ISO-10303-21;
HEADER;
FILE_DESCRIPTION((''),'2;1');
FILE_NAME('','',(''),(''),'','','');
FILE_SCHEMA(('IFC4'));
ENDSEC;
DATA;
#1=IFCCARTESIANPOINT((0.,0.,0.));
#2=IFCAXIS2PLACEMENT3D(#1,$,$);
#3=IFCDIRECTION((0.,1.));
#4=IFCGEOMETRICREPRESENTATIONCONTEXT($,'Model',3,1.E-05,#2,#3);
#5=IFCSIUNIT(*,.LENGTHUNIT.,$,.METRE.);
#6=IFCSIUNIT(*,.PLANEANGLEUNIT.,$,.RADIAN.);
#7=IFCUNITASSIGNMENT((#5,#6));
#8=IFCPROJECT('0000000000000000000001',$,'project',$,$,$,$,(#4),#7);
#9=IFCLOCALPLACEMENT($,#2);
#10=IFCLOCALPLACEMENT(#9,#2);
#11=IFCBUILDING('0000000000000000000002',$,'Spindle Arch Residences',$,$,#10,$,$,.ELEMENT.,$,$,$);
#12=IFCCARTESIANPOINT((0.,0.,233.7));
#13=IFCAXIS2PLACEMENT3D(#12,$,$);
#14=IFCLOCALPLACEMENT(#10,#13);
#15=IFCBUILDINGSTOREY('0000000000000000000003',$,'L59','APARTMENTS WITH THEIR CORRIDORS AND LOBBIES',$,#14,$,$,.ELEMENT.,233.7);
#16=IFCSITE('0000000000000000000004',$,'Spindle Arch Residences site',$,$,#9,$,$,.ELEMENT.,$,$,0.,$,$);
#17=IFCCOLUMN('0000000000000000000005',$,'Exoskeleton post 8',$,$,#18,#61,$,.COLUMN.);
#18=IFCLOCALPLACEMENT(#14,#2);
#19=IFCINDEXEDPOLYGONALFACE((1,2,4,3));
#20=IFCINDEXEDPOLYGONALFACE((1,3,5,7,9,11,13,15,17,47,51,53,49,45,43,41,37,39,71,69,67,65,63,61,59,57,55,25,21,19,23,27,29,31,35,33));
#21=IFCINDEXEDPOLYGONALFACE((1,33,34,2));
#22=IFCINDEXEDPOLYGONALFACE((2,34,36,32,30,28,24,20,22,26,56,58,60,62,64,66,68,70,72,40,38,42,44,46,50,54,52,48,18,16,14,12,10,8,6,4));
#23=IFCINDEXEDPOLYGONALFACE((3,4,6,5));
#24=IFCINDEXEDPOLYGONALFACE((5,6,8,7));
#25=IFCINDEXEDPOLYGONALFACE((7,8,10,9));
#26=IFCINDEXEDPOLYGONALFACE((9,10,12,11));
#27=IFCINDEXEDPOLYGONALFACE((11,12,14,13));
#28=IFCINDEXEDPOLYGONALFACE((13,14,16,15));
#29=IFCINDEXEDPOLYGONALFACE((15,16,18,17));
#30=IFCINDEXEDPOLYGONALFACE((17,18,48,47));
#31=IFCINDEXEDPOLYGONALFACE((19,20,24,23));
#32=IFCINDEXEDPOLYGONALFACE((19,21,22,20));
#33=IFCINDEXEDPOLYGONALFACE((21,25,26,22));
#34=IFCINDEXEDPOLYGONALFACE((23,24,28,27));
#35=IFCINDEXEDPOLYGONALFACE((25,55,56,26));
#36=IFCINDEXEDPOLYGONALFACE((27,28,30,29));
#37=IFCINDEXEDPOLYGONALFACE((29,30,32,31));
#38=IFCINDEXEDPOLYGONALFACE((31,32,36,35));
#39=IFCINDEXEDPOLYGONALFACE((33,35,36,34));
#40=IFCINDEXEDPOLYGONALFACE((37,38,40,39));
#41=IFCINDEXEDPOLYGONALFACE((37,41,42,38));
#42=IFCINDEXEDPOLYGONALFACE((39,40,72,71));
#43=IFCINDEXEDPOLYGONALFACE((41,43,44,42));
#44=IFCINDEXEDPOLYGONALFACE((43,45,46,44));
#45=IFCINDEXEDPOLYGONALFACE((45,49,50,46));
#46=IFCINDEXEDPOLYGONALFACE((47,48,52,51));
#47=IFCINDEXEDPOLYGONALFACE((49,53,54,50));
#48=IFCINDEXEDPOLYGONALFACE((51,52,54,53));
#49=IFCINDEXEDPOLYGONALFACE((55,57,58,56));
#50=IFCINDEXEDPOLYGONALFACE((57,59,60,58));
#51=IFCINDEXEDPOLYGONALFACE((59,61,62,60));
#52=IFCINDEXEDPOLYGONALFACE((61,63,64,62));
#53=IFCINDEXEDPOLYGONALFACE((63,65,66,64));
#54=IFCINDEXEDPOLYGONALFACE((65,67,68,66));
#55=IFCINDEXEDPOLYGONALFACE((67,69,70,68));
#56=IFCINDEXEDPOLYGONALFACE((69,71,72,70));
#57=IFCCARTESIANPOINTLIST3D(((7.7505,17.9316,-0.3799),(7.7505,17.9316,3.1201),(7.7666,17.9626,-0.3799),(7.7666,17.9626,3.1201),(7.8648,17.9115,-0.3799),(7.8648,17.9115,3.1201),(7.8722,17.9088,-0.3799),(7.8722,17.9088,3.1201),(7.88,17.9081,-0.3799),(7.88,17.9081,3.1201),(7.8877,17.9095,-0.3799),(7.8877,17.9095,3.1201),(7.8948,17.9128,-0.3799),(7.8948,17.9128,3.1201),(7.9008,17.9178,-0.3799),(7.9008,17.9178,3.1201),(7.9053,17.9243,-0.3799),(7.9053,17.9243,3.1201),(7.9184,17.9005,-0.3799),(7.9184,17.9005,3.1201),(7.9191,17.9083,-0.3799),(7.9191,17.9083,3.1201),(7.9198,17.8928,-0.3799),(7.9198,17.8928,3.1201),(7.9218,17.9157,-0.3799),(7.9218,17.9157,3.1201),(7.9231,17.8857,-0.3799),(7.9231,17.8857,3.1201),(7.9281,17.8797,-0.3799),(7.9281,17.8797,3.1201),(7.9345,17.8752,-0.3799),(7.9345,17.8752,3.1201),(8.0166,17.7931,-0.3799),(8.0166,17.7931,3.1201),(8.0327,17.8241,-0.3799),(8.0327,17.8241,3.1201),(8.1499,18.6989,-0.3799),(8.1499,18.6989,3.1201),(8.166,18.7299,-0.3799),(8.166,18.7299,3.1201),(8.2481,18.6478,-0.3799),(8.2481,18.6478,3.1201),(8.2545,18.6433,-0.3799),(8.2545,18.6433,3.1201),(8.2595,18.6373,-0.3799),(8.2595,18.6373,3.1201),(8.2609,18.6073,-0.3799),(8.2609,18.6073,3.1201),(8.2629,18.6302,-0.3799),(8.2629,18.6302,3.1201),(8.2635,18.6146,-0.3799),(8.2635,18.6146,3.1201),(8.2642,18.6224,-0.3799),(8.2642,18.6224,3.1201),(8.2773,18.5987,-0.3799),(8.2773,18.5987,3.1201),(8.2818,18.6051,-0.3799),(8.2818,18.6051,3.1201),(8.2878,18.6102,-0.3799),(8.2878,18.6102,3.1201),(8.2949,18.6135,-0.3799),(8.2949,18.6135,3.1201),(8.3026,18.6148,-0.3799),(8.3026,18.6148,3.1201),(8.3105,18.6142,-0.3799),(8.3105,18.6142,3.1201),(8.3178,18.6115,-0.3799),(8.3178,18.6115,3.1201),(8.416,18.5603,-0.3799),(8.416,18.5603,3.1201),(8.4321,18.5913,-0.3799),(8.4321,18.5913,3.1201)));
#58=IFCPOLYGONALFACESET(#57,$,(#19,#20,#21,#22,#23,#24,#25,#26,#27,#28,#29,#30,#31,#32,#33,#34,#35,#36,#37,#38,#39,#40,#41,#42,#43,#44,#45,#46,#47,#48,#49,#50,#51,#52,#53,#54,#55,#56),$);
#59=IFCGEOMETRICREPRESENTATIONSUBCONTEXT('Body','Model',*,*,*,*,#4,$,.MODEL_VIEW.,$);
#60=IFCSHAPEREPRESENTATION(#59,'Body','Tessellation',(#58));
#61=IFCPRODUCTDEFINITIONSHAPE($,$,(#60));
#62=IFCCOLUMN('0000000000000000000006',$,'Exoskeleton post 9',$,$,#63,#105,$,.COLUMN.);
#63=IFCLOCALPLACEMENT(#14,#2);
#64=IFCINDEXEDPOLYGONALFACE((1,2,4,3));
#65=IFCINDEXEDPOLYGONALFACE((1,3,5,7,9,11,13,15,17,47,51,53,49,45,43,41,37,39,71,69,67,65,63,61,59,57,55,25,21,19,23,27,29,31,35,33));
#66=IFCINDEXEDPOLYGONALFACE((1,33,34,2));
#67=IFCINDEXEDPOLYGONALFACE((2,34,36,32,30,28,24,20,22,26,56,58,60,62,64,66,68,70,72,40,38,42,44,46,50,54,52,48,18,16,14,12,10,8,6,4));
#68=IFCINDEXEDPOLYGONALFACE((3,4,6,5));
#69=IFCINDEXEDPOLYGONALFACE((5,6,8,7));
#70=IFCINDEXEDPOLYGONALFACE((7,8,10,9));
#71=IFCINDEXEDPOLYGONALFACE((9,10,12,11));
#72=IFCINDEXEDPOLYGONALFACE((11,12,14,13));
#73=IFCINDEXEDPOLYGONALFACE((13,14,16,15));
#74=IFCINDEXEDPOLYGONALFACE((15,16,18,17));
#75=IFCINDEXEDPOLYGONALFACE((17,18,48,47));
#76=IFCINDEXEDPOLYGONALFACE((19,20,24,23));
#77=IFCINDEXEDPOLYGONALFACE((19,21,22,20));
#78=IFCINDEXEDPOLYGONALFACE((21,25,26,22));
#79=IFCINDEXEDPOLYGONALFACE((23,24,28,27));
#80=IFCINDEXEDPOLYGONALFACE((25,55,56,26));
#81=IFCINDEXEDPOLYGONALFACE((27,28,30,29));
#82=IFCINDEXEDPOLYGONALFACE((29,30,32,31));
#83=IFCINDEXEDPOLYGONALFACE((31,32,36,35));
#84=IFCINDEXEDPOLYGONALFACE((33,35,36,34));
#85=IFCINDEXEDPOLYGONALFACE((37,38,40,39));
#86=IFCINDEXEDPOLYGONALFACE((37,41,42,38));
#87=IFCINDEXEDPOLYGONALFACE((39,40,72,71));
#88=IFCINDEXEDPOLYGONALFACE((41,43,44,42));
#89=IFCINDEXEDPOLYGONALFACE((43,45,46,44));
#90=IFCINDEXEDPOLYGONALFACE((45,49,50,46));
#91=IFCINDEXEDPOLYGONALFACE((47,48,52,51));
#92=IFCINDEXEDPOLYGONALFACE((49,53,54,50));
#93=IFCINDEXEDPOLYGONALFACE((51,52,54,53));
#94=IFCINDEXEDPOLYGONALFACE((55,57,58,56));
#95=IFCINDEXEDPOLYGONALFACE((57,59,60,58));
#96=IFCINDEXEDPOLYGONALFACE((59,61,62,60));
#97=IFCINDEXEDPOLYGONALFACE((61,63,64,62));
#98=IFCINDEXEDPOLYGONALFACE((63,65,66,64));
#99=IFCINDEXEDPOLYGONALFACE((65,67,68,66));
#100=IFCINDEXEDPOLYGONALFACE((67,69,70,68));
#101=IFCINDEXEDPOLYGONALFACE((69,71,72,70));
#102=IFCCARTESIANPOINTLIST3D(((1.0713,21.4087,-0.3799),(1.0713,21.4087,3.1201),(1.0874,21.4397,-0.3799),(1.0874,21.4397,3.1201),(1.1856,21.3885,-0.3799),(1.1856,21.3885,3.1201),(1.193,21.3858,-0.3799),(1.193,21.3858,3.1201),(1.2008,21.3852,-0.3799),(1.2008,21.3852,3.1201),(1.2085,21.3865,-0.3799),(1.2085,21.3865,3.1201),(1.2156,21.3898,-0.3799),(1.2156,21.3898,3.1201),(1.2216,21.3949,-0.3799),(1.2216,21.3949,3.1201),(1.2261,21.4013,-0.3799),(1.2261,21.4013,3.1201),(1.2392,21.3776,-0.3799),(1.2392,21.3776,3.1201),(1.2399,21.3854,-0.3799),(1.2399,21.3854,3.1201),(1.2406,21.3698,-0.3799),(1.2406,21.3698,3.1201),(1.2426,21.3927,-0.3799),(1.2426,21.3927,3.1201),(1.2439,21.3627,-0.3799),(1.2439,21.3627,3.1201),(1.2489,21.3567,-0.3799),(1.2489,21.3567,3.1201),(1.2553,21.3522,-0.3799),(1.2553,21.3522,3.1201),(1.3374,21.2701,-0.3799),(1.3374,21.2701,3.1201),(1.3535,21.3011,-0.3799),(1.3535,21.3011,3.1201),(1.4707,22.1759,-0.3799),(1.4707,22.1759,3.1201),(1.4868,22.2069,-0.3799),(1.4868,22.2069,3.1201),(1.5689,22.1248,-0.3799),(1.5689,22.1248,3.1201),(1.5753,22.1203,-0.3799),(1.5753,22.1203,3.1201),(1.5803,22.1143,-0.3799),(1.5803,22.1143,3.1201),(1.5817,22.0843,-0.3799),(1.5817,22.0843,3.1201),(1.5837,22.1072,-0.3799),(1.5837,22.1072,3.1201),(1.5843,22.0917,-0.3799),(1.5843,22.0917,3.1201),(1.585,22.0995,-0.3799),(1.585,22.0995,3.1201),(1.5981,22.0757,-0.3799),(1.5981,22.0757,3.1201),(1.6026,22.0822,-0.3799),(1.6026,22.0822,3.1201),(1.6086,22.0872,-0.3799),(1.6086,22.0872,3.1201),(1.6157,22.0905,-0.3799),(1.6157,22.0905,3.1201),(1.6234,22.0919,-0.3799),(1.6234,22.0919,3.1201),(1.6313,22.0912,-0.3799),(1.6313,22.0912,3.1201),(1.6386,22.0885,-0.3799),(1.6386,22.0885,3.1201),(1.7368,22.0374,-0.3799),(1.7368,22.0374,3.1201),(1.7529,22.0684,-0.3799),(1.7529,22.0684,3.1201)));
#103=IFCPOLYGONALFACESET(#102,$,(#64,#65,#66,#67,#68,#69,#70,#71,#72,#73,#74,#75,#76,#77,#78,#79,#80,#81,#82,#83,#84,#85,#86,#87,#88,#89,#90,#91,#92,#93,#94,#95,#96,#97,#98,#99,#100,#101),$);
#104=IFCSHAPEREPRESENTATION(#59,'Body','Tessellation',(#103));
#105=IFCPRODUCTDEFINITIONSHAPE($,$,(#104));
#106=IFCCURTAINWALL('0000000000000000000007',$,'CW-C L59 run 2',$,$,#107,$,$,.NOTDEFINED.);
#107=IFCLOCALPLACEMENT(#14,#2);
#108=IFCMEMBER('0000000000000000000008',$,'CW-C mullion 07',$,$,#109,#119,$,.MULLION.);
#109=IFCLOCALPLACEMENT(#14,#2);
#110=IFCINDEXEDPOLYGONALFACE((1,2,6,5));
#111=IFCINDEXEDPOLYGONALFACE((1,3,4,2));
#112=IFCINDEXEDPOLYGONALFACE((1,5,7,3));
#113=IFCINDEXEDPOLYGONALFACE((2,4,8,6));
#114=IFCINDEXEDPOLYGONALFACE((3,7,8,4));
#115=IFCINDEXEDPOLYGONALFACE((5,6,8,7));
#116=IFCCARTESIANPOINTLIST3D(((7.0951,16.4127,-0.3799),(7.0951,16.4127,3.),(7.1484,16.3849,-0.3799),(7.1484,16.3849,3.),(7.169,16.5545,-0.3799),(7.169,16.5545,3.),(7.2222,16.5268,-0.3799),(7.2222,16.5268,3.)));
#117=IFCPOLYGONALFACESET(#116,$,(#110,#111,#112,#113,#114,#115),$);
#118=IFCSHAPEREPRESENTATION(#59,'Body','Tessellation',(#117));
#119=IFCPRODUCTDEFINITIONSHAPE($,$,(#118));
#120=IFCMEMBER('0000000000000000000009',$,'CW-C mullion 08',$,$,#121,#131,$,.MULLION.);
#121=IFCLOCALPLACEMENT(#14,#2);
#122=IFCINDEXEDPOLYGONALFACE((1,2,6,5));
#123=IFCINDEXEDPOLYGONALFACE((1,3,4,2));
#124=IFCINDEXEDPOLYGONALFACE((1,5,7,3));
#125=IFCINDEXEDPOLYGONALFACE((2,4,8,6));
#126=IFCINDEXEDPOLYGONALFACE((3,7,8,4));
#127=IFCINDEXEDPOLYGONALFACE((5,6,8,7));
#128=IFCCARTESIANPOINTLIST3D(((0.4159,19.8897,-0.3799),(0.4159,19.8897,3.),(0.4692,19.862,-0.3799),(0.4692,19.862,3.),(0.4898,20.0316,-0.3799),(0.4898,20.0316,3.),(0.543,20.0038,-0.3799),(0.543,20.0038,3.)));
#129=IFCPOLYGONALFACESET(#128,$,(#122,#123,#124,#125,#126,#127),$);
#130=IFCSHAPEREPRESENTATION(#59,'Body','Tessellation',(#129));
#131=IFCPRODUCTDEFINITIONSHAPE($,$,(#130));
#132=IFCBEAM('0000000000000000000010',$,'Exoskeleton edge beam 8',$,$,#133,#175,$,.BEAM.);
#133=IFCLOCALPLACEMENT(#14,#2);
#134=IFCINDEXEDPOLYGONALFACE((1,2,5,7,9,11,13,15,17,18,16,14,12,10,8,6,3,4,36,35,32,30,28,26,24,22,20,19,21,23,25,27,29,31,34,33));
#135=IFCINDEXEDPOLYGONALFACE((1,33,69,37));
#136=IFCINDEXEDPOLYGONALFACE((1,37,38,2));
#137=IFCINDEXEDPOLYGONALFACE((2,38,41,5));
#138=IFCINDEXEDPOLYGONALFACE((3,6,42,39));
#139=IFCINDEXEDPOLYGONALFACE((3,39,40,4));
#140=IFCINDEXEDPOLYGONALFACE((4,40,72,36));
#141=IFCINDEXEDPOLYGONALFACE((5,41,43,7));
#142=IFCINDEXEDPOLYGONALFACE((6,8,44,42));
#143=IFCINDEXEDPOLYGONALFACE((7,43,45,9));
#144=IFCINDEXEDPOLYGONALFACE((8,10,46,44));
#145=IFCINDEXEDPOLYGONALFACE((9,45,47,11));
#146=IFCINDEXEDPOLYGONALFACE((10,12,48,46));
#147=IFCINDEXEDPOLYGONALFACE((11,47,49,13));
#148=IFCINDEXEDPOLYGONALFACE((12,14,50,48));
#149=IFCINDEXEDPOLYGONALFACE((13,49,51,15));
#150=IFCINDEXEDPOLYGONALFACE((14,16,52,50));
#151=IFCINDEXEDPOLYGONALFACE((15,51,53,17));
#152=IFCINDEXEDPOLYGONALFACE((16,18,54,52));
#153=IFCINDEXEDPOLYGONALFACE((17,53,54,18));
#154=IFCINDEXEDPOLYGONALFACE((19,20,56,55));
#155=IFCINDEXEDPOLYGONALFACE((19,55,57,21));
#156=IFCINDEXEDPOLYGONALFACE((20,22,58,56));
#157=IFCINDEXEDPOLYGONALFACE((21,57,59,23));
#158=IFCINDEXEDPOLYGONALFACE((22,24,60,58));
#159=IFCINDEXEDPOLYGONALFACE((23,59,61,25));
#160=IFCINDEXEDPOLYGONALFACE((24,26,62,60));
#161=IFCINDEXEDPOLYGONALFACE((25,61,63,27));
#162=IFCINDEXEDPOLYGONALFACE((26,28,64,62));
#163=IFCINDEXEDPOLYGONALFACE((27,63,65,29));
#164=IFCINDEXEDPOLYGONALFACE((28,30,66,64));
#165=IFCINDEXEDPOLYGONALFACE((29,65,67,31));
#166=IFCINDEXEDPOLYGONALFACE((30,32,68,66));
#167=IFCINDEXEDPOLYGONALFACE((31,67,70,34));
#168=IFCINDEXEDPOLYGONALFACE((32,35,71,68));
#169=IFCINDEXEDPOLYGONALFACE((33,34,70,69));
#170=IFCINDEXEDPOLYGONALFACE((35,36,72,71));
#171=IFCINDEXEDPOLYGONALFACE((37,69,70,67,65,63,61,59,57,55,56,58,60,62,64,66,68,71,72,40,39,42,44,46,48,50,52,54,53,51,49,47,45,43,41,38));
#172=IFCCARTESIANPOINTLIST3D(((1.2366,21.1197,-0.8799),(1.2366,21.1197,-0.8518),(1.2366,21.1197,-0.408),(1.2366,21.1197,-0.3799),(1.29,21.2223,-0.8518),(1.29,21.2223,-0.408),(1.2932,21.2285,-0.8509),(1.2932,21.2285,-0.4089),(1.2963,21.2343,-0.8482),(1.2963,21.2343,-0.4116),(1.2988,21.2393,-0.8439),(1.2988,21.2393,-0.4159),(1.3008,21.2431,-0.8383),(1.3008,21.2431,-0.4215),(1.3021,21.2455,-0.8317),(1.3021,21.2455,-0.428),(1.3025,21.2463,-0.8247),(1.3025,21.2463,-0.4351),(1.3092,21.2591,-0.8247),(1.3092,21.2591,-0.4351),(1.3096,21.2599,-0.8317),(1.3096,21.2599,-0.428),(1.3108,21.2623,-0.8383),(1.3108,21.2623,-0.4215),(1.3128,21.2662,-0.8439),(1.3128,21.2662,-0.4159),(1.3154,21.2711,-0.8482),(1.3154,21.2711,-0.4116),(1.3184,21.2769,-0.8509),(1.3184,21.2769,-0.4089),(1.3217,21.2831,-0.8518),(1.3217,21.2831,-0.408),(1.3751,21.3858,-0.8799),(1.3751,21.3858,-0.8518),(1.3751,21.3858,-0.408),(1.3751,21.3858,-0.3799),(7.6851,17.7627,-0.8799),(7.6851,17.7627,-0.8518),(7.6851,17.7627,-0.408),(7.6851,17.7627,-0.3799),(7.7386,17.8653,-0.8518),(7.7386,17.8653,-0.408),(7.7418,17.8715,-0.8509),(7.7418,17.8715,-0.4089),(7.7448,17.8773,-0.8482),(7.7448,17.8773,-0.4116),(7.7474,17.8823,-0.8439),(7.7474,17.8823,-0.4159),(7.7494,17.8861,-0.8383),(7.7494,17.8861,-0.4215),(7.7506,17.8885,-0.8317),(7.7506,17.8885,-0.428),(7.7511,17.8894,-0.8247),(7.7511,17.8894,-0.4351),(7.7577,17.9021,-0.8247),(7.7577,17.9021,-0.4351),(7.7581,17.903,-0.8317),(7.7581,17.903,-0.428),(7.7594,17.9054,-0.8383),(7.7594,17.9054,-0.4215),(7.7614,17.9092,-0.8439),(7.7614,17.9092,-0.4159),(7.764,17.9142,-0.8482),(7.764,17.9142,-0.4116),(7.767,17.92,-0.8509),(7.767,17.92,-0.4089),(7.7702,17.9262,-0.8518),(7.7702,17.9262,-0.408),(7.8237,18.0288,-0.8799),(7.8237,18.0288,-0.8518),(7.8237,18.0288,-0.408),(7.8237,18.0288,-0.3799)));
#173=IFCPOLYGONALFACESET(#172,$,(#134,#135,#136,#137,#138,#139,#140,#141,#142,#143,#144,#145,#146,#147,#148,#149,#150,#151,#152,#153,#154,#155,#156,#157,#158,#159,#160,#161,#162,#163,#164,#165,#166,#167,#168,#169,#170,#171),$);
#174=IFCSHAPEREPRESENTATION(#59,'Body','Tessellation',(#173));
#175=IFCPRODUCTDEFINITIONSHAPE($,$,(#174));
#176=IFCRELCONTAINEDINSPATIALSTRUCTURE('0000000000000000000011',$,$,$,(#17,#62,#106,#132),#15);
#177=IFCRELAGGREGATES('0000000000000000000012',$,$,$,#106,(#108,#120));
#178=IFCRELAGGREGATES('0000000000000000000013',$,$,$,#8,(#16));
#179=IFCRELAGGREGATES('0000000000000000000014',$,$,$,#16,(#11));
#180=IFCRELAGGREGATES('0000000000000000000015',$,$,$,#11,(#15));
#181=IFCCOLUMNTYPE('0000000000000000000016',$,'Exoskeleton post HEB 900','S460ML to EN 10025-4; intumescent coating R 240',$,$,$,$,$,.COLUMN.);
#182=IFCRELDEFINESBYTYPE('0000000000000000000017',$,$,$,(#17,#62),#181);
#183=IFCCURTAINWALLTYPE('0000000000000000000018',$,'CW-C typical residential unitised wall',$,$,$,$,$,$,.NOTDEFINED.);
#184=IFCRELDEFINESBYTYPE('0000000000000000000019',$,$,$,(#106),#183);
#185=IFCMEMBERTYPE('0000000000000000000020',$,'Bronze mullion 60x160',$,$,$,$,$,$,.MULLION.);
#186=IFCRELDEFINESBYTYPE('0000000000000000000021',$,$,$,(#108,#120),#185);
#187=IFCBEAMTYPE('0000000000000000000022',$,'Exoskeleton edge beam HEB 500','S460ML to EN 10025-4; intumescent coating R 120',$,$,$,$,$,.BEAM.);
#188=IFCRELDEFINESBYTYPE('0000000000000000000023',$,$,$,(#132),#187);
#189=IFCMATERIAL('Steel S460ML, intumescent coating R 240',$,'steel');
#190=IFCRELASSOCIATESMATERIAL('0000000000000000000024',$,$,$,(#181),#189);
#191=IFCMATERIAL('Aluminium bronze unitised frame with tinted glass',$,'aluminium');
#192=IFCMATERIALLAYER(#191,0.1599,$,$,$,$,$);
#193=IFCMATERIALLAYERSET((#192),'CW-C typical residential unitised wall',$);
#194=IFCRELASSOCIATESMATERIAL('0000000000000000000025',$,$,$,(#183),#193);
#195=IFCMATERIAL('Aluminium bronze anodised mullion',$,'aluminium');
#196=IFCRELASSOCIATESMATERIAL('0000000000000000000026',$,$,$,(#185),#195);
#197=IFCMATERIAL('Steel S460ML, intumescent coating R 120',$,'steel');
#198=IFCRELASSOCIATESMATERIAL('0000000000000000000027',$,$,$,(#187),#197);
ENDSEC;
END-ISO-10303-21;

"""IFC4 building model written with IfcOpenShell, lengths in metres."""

from ifc_helpers import new_model, si_unit, direction, frame, origin, origin_2d, place, context, subcontext, project, spatial, rectangle, i_section, extrude, material, layer, layer_set, material_profile, profile_set, type_object, element, aggregate, save


model = new_model("IFC4")

# Units and contexts
model_context = context("Model", 3, precision=1e-05, world=origin(), true_north=direction((0.0, 1.0)))
body_context = subcontext(model_context, "Body", "Model", "MODEL_VIEW")
ifc_project = project(units=[si_unit("LENGTHUNIT", "METRE"), si_unit("PLANEANGLEUNIT", "RADIAN")], contexts=[model_context])

# Site, building, storey
site_placement = place(None, origin())
site = spatial("IfcSite", under=ifc_project, at=site_placement, Name="Spindle Arch Residences site", CompositionType="ELEMENT", RefElevation=0.0)
building_placement = place(site_placement, origin())
building = spatial("IfcBuilding", under=site, at=building_placement, Name="Spindle Arch Residences", CompositionType="ELEMENT")
storey_placement = place(building_placement, frame((0.0, 0.0, 233.7)))
storey = spatial("IfcBuildingStorey", under=building, at=storey_placement, Name="L59", Description="APARTMENTS WITH THEIR CORRIDORS AND LOBBIES", CompositionType="ELEMENT", Elevation=233.7)

# Columns
ifc_material_1 = material(Name="Steel S460ML, intumescent coating R 240", Category="steel")
ifc_material_profile_1 = material_profile(ifc_material_1, i_section(OverallWidth=0.3, OverallDepth=0.8999, WebThickness=0.0186, FlangeThickness=0.0349, FilletRadius=0.03, at=origin_2d()), Name="HEB 900")
ifc_profile_set_1 = profile_set([ifc_material_profile_1], Name="Steel S460ML, intumescent coating R 240")
column_type = type_object("IfcColumnType", Name="Exoskeleton post HEB 900", Description="S460ML to EN 10025-4; intumescent coating R 240", PredefinedType="COLUMN", material=ifc_profile_set_1)
for number, where, z_axis, x_axis, name in (
    (1, (8.0913, 18.2615, -0.3799), (0.0, 0.0, 1.0), (0.887011, -0.461749, 0.0), "Exoskeleton post 8"),
    (2, (1.4121, 21.7385, -0.3799), (0.0, 0.0, 1.0), (0.887011, -0.461749, 0.0), "Exoskeleton post 9"),
):
    element("IfcColumn", number, at=place(storey_placement, frame(where, z_axis=z_axis, x_axis=x_axis)), inside=storey, type_object=column_type, Name=name, PredefinedType="COLUMN", context=body_context, shape_type="SweptSolid", body=[
        extrude(i_section(OverallWidth=0.3, OverallDepth=0.8999, WebThickness=0.0186, FlangeThickness=0.0349, FilletRadius=0.03, at=origin_2d()), origin(), (0.0, 0.0, 1.0), 3.5),
    ])

# Curtain wall, members
ifc_material_2 = material(Name="Aluminium bronze unitised frame with tinted glass", Category="aluminium")
ifc_layer_1 = layer(ifc_material_2, 0.1599)
ifc_layer_set_1 = layer_set([ifc_layer_1], Name="CW-C typical residential unitised wall")
curtain_wall_type = type_object("IfcCurtainWallType", Name="CW-C typical residential unitised wall", PredefinedType="NOTDEFINED", material=ifc_layer_set_1)
curtain_wall_placement = place(storey_placement, origin())
curtain_wall = element("IfcCurtainWall", 3, at=curtain_wall_placement, inside=storey, type_object=curtain_wall_type, Name="CW-C L59 run 2", PredefinedType="NOTDEFINED")
ifc_material_3 = material(Name="Aluminium bronze anodised mullion", Category="aluminium")
ifc_material_profile_2 = material_profile(ifc_material_3, rectangle(XDim=0.1599, YDim=0.0601, at=origin_2d()), Name="MU 60x160")
ifc_profile_set_2 = profile_set([ifc_material_profile_2], Name="Aluminium bronze anodised mullion")
member_type = type_object("IfcMemberType", Name="Bronze mullion 60x160", PredefinedType="MULLION", material=ifc_profile_set_2)
member_1_placement = place(storey_placement, frame((7.1587, 16.4697, -0.3799), z_axis=(0.0, 0.0, 1.0), x_axis=(-0.461749, -0.887011, 0.0)))
member_1 = element("IfcMember", 4, at=member_1_placement, type_object=member_type, Name="CW-C mullion 07", PredefinedType="MULLION", context=body_context, shape_type="SweptSolid", body=[
    extrude(rectangle(XDim=0.1599, YDim=0.0601, at=origin_2d()), origin(), (0.0, 0.0, 1.0), 3.3799),
])
member_2_placement = place(storey_placement, frame((0.4795, 19.9468, -0.3799), z_axis=(0.0, 0.0, 1.0), x_axis=(-0.461749, -0.887011, 0.0)))
member_2 = element("IfcMember", 5, at=member_2_placement, type_object=member_type, Name="CW-C mullion 08", PredefinedType="MULLION", context=body_context, shape_type="SweptSolid", body=[
    extrude(rectangle(XDim=0.1599, YDim=0.0601, at=origin_2d()), origin(), (0.0, 0.0, 1.0), 3.3799),
])

# Beam
ifc_material_4 = material(Name="Steel S460ML, intumescent coating R 120", Category="steel")
ifc_material_profile_3 = material_profile(ifc_material_4, i_section(OverallWidth=0.3, OverallDepth=0.5, WebThickness=0.0144, FlangeThickness=0.0281, FilletRadius=0.0271, at=origin_2d()), Name="HEB 500")
ifc_profile_set_3 = profile_set([ifc_material_profile_3], Name="Steel S460ML, intumescent coating R 120")
beam_type_1 = type_object("IfcBeamType", Name="Exoskeleton edge beam HEB 500", Description="S460ML to EN 10025-4; intumescent coating R 120", PredefinedType="BEAM", material=ifc_profile_set_3)
for number, where, z_axis, x_axis, name in (
    (6, (7.7544, 17.8958, -0.6299), (-0.887007, 0.461756, 0.0), (-0.461756, -0.887007, 0.0), "Exoskeleton edge beam 8"),
):
    element("IfcBeam", number, at=place(storey_placement, frame(where, z_axis=z_axis, x_axis=x_axis)), inside=storey, type_object=beam_type_1, Name=name, PredefinedType="BEAM", context=body_context, shape_type="SweptSolid", body=[
        extrude(i_section(OverallWidth=0.3, OverallDepth=0.5, WebThickness=0.0144, FlangeThickness=0.0281, FilletRadius=0.0271, at=origin_2d()), origin(), (0.0, 0.0, 1.0), 7.27),
    ])

aggregate(curtain_wall, [member_1, member_2])

save(model, "model.ifc")
